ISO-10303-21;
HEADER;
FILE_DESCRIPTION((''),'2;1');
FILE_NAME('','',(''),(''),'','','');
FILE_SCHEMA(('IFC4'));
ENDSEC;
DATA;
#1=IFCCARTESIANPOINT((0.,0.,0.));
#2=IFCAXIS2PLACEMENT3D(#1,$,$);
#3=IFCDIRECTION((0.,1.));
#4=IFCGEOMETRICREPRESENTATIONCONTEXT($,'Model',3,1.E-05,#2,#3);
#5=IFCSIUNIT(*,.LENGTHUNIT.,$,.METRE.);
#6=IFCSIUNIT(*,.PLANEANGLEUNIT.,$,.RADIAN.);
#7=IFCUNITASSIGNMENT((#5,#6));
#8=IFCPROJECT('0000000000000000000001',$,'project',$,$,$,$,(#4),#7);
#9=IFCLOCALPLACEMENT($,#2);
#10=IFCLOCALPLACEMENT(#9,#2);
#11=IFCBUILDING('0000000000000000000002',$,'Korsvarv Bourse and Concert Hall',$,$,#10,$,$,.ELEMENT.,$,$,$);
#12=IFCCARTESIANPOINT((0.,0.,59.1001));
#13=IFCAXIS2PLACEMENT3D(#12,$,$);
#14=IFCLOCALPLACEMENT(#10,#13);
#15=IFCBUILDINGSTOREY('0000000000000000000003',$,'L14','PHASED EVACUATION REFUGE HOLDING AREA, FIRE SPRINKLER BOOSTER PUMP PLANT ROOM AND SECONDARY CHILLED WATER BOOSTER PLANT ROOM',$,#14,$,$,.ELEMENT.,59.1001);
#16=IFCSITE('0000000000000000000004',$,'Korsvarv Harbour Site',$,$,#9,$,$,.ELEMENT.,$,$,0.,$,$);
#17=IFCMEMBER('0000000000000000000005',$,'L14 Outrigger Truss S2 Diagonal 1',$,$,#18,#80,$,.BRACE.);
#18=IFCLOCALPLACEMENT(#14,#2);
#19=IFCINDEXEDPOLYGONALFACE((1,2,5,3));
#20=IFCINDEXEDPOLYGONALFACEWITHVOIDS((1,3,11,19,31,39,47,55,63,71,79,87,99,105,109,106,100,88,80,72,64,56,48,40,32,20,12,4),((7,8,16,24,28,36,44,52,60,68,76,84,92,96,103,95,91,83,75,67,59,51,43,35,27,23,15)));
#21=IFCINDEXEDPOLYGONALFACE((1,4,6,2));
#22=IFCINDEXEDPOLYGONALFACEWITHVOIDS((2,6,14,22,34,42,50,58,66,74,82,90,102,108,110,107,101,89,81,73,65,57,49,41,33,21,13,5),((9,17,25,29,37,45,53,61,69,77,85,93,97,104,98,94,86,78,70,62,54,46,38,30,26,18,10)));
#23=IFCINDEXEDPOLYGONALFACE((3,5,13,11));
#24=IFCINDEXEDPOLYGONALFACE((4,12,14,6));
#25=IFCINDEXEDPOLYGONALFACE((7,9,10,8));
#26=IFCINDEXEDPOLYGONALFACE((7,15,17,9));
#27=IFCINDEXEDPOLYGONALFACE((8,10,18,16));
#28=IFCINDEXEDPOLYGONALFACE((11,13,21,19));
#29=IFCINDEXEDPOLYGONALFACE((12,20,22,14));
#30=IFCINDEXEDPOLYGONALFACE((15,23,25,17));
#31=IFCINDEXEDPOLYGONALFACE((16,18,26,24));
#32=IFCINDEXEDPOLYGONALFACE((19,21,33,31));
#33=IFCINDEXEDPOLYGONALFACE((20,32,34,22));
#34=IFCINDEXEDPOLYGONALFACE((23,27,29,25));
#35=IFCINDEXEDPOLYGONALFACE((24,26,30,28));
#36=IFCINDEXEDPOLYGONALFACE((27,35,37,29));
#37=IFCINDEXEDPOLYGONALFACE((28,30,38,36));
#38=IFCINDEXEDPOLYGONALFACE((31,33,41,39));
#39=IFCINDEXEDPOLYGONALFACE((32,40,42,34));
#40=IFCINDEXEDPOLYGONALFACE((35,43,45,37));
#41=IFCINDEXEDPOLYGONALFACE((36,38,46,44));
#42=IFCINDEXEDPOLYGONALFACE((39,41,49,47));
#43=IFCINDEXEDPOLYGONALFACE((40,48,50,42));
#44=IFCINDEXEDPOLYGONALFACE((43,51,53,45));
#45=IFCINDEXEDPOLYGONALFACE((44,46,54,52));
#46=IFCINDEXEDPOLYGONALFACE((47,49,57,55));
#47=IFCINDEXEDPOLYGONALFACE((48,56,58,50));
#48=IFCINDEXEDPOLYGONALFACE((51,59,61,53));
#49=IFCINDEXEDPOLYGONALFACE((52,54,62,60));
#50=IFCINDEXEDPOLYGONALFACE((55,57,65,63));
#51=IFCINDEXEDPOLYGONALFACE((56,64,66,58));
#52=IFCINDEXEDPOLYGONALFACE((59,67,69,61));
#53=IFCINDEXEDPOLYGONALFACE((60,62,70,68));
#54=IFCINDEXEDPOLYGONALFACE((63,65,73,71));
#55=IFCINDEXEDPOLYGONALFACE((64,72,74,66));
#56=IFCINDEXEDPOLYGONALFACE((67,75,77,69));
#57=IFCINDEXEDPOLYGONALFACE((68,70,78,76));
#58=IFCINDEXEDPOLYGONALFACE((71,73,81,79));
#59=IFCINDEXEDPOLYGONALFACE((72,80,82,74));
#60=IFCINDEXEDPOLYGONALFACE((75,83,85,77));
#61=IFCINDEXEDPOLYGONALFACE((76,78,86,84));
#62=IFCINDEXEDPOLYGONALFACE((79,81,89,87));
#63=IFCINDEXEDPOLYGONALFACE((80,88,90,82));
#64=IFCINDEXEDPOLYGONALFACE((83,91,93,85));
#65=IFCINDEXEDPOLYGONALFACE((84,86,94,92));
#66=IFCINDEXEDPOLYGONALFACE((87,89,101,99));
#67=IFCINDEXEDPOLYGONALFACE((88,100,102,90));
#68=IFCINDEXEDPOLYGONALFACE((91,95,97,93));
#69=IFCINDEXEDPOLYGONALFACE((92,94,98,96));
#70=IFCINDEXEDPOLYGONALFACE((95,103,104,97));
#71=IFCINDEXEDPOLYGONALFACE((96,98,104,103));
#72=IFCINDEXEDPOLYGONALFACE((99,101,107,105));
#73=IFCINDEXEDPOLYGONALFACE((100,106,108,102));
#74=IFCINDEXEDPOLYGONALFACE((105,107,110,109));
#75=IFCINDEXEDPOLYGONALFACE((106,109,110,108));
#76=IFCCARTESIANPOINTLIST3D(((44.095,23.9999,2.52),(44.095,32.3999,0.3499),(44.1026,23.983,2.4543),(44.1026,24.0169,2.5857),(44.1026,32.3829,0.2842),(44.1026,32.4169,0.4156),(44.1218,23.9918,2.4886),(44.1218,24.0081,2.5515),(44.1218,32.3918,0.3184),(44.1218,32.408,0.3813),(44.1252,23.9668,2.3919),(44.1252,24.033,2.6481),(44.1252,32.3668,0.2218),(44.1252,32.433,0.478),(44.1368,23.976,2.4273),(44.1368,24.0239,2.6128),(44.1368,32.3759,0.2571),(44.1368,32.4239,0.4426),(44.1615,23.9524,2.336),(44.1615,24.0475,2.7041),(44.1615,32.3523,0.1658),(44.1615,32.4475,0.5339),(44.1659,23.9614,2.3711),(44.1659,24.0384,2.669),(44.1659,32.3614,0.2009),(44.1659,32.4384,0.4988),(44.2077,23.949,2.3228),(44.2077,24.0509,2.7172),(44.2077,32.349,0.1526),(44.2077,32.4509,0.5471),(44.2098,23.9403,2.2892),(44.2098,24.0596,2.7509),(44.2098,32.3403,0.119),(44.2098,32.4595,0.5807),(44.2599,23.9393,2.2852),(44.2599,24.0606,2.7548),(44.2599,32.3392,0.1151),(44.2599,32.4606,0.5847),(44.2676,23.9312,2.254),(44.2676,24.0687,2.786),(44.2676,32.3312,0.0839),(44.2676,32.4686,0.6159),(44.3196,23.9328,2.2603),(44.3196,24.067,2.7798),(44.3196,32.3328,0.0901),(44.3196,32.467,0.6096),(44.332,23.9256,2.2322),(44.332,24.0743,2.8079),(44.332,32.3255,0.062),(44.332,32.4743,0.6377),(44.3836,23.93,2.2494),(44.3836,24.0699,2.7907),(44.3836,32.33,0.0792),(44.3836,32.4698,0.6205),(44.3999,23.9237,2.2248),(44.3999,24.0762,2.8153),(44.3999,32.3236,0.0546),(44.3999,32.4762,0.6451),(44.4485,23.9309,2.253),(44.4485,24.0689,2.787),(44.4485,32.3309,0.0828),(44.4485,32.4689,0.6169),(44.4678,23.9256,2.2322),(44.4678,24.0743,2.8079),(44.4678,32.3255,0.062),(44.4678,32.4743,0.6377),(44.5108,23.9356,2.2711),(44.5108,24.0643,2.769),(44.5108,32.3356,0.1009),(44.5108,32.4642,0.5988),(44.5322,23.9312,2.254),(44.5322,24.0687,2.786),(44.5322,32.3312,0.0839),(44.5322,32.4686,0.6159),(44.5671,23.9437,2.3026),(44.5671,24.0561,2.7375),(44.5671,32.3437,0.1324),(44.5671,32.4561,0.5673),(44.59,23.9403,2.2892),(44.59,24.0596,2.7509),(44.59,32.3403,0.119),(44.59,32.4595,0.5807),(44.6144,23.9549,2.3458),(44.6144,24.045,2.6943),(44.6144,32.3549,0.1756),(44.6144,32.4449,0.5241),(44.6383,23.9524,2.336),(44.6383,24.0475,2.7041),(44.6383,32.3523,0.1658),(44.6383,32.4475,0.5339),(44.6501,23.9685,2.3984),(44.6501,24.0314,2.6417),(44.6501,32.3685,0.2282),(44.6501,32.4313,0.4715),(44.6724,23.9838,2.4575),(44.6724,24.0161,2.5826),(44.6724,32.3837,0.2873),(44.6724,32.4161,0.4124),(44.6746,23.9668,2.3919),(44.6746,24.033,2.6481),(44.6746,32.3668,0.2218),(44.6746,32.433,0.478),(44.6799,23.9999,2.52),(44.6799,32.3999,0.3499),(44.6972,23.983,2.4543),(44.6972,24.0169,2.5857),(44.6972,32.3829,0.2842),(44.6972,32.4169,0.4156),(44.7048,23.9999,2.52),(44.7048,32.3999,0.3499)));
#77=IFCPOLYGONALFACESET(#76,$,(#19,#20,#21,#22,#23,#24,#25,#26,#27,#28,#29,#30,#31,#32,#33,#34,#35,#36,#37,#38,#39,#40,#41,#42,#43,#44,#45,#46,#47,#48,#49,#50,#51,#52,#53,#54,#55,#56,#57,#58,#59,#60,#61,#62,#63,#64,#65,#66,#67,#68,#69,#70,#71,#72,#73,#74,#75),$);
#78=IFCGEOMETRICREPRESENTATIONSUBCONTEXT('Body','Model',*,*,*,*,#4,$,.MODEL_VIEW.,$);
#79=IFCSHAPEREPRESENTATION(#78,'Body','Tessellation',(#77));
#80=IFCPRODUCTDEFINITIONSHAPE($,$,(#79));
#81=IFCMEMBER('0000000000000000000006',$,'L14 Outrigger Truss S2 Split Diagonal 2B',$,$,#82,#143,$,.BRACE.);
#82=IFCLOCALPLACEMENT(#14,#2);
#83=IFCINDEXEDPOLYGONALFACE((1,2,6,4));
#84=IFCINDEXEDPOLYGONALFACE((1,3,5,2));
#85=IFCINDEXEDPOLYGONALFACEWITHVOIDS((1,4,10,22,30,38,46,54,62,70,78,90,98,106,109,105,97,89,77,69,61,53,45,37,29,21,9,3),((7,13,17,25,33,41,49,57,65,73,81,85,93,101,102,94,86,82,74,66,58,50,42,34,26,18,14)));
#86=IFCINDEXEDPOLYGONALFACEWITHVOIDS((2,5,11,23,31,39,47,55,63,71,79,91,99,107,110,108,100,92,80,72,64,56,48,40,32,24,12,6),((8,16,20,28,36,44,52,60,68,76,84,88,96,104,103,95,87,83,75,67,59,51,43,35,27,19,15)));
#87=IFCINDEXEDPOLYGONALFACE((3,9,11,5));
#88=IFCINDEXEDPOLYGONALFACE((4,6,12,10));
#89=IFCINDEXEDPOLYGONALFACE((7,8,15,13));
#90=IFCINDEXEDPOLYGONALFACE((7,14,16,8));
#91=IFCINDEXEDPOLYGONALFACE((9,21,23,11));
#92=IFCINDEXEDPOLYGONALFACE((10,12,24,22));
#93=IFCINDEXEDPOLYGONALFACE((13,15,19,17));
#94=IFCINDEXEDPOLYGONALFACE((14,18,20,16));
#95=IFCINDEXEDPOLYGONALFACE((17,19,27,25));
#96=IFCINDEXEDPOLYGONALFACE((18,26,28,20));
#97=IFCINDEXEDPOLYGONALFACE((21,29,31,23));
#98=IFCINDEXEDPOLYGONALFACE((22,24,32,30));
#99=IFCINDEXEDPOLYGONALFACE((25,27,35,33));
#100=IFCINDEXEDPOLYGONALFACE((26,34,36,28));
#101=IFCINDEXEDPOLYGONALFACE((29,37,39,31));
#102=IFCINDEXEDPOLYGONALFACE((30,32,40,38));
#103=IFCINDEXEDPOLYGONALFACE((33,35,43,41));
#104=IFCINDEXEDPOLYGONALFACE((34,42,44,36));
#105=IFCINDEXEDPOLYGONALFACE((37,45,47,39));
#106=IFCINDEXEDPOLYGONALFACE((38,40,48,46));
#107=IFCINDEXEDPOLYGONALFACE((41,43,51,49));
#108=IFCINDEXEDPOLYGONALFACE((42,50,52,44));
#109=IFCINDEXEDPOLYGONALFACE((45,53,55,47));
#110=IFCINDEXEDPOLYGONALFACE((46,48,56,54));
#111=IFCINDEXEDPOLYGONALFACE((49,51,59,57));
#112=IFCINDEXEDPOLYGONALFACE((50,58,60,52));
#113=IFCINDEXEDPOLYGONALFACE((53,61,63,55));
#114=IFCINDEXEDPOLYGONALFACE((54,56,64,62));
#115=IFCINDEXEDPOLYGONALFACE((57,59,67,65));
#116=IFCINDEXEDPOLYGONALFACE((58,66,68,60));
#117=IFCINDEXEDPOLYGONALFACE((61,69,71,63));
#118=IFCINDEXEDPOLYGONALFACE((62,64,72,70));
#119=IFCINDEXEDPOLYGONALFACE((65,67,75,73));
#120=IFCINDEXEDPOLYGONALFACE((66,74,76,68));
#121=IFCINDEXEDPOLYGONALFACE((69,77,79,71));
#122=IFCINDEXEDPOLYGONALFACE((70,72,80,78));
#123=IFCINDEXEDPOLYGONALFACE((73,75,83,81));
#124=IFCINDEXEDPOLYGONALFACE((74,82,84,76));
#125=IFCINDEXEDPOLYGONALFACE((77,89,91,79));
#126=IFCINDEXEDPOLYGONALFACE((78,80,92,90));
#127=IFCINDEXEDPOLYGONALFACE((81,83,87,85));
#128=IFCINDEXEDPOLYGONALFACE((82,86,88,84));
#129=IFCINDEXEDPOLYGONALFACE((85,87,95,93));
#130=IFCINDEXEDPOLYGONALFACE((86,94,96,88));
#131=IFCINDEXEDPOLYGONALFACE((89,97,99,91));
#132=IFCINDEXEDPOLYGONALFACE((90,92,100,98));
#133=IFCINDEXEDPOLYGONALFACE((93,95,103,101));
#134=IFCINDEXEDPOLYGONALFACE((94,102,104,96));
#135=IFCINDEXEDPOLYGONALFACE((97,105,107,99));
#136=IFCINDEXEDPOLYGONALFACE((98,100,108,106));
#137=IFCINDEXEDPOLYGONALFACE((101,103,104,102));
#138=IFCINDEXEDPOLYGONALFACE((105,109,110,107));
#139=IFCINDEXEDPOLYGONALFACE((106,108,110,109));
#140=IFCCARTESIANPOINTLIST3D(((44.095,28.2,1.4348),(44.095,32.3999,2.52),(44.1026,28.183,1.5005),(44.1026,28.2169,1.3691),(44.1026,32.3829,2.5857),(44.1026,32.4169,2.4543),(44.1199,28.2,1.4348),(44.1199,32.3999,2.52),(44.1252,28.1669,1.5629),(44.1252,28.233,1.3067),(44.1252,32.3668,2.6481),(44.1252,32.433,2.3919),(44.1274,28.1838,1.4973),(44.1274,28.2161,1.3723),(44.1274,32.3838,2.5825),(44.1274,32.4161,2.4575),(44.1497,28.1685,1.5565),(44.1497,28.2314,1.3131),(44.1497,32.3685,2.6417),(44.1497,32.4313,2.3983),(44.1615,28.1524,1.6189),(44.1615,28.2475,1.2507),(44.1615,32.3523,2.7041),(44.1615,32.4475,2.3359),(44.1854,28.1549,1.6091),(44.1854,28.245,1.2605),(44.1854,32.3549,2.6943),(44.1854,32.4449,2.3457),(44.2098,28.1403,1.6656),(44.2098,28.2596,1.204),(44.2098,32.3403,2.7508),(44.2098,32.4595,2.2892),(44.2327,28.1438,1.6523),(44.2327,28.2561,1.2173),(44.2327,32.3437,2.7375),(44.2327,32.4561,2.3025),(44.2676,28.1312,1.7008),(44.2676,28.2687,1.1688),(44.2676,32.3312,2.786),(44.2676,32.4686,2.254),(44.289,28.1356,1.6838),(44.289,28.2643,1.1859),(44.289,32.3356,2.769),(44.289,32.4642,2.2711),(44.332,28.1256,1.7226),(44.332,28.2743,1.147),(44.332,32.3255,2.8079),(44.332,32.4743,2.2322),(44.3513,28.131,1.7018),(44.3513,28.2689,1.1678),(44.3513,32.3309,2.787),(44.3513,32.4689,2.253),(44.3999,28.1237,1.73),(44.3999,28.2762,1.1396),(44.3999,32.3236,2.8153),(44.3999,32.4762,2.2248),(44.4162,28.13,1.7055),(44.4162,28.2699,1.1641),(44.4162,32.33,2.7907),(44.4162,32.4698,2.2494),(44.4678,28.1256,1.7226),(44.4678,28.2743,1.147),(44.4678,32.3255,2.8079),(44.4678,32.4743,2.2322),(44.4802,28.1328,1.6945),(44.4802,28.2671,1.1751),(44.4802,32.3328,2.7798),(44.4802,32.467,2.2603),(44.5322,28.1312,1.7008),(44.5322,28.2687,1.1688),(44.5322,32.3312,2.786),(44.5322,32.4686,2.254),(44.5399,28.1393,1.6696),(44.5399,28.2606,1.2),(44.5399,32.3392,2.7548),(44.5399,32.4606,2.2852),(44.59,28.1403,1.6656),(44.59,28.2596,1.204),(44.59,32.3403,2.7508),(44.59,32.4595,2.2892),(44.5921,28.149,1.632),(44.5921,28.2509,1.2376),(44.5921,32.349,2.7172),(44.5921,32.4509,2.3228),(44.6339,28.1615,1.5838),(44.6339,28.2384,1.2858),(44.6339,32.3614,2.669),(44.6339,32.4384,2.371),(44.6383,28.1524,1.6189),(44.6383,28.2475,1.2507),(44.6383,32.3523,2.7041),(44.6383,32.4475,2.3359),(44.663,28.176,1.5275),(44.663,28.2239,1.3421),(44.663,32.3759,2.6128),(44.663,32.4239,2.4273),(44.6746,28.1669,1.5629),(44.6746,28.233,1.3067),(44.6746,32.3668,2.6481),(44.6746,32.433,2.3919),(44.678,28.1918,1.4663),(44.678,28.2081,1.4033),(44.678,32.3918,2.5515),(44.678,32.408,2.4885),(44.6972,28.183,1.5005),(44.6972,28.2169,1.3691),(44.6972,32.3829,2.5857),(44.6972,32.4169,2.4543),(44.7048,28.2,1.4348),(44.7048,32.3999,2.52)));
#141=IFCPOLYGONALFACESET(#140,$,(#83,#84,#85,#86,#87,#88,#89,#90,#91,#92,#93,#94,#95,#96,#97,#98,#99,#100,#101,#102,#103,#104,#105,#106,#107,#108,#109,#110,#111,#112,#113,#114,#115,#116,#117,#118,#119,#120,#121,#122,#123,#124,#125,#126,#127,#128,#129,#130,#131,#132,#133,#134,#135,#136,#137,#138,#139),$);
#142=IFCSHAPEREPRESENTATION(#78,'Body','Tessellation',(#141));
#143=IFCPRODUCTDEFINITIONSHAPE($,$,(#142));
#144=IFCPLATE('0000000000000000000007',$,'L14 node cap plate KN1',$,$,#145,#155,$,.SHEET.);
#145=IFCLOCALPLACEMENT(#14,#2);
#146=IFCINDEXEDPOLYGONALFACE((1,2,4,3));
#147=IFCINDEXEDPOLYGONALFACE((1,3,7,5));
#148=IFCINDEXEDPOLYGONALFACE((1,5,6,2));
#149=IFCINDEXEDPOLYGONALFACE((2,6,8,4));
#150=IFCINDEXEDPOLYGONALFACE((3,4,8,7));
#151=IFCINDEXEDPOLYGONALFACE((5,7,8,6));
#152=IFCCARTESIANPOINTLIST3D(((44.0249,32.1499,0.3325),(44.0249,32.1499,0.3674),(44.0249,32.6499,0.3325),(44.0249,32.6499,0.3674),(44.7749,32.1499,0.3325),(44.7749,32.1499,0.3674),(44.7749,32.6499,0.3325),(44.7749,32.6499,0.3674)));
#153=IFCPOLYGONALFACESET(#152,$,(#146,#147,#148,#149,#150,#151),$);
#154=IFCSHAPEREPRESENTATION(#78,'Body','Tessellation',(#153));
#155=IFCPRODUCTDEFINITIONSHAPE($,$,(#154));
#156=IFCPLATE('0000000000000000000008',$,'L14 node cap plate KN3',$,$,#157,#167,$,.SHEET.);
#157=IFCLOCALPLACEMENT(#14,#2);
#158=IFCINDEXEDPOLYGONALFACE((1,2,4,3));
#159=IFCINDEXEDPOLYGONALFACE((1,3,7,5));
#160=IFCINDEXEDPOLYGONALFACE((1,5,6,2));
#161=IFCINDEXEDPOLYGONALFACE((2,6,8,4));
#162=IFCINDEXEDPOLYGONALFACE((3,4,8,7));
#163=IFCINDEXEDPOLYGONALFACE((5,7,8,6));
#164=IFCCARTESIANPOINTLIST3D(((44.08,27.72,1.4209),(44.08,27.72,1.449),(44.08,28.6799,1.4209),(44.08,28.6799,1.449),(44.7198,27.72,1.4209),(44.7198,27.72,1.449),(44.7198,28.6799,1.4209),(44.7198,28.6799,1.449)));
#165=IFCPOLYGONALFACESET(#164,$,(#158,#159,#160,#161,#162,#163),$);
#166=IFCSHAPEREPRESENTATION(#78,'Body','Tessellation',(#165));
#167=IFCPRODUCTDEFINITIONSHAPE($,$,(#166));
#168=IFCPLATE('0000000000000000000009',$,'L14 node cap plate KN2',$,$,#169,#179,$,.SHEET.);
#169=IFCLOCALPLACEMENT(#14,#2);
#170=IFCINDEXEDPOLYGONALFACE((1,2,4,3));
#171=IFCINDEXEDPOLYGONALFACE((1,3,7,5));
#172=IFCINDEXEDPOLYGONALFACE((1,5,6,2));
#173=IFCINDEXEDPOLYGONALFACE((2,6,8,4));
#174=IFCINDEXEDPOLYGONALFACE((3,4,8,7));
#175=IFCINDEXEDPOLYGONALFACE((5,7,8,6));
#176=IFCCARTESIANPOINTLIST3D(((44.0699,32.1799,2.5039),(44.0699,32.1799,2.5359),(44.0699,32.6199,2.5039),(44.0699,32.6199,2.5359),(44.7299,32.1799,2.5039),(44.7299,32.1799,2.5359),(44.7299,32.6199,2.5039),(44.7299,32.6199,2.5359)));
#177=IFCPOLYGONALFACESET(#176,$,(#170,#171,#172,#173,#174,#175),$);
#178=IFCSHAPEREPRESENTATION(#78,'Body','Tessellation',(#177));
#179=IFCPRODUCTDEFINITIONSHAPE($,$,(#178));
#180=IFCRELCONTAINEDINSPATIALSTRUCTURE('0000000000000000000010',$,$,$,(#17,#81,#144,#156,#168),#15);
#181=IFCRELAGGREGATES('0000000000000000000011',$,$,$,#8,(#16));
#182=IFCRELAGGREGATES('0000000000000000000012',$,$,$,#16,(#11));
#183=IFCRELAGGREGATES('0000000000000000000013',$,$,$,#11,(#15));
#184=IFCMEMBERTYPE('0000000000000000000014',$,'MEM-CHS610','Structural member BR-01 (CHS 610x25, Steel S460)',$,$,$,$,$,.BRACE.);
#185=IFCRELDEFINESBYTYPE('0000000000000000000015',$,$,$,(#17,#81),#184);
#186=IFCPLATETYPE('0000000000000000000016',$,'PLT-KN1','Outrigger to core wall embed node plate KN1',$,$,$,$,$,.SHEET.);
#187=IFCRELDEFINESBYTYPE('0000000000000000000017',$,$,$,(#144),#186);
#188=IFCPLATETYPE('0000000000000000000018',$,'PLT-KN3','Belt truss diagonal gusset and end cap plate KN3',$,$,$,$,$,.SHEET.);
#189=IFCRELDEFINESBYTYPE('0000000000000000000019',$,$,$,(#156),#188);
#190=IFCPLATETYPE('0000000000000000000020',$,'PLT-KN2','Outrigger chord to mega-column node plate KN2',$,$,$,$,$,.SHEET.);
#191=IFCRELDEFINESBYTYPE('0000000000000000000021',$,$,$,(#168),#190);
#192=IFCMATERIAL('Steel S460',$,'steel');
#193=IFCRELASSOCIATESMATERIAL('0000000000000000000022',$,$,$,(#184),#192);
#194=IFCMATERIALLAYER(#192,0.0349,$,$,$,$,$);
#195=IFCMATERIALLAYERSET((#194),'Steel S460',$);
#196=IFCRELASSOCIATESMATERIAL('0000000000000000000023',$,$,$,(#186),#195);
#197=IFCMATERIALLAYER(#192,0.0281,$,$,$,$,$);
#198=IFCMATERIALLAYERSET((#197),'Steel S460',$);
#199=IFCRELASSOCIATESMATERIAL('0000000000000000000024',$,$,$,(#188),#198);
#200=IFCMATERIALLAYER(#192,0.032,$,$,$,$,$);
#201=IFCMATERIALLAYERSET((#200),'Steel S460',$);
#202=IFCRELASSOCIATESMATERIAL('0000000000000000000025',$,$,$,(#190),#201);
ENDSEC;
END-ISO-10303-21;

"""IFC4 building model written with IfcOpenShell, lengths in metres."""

from ifc_helpers import new_model, si_unit, direction, frame, origin, origin_2d, place, context, subcontext, project, spatial, rectangle, hollow_circle, extrude, source, transform, mapped, material, layer, layer_set, material_profile, profile_set, type_object, element, save


model = new_model("IFC4")

# Units and contexts
model_context = context("Model", 3, precision=1e-05, world=origin(), true_north=direction((0.0, 1.0)))
body_context = subcontext(model_context, "Body", "Model", "MODEL_VIEW")
ifc_project = project(units=[si_unit("LENGTHUNIT", "METRE"), si_unit("PLANEANGLEUNIT", "RADIAN")], contexts=[model_context])

# Site, building, storey
site_placement = place(None, origin())
site = spatial("IfcSite", under=ifc_project, at=site_placement, Name="Korsvarv Harbour Site", CompositionType="ELEMENT", RefElevation=0.0)
building_placement = place(site_placement, origin())
building = spatial("IfcBuilding", under=site, at=building_placement, Name="Korsvarv Bourse and Concert Hall", CompositionType="ELEMENT")
storey_placement = place(building_placement, frame((0.0, 0.0, 59.1001)))
storey = spatial("IfcBuildingStorey", under=building, at=storey_placement, Name="L14", Description="PHASED EVACUATION REFUGE HOLDING AREA, FIRE SPRINKLER BOOSTER PUMP PLANT ROOM AND SECONDARY CHILLED WATER BOOSTER PLANT ROOM", CompositionType="ELEMENT", Elevation=59.1001)

# Members
ifc_material_1 = material(Name="Steel S460", Category="steel")
ifc_material_profile_1 = material_profile(ifc_material_1, hollow_circle(Radius=0.3049, WallThickness=0.0249, at=origin_2d()), Name="CHS 610x25")
ifc_profile_set_1 = profile_set([ifc_material_profile_1], Name="Steel S460")
member_type_1 = type_object("IfcMemberType", Name="MEM-CHS610", Description="Structural member BR-01 (CHS 610x25, Steel S460)", PredefinedType="BRACE", material=ifc_profile_set_1)
shared_shape_1 = source(origin(), body_context, "Body", "SweptSolid", [
    extrude(hollow_circle(Radius=0.3049, WallThickness=0.0249, at=origin_2d()), origin(), (0.0, 0.0, 1.0), 8.6758),
])
member_1_placement = place(storey_placement, frame((44.3999, 32.3999, 0.3499), z_axis=(0.0, -0.968209, 0.250143), x_axis=(1.0, 0.0, 0.0)))
element("IfcMember", 1, at=member_1_placement, inside=storey, type_object=member_type_1, Name="L14 Outrigger Truss S2 Diagonal 1", PredefinedType="BRACE", context=body_context, shape_type="MappedRepresentation", body=[
    mapped(shared_shape_1, transform((0.0, 0.0, 0.0), scale=1.0)),
])
shared_shape_2 = source(origin(), body_context, "Body", "SweptSolid", [
    extrude(hollow_circle(Radius=0.3049, WallThickness=0.0249, at=origin_2d()), origin(), (0.0, 0.0, 1.0), 4.3379),
])
member_2_placement = place(storey_placement, frame((44.3999, 28.2, 1.4348), z_axis=(0.0, 0.968202, 0.250169), x_axis=(-1.0, 0.0, 0.0)))
element("IfcMember", 2, at=member_2_placement, inside=storey, type_object=member_type_1, Name="L14 Outrigger Truss S2 Split Diagonal 2B", PredefinedType="BRACE", context=body_context, shape_type="MappedRepresentation", body=[
    mapped(shared_shape_2, transform((0.0, 0.0, 0.0), scale=1.0)),
])

# Plates
ifc_layer_1 = layer(ifc_material_1, 0.0349)
ifc_layer_set_1 = layer_set([ifc_layer_1], Name="Steel S460")
plate_type_1 = type_object("IfcPlateType", Name="PLT-KN1", Description="Outrigger to core wall embed node plate KN1", PredefinedType="SHEET", material=ifc_layer_set_1)
shared_shape_3 = source(origin(), body_context, "Body", "SweptSolid", [
    extrude(rectangle(XDim=0.75, YDim=0.5, at=origin_2d()), origin(), (0.0, 0.0, 1.0), 0.0349),
])
plate_1_placement = place(storey_placement, frame((44.3999, 32.3999, 0.3325), z_axis=(0.0, 0.0, 1.0), x_axis=(1.0, 0.0, 0.0)))
element("IfcPlate", 3, at=plate_1_placement, inside=storey, type_object=plate_type_1, Name="L14 node cap plate KN1", PredefinedType="SHEET", context=body_context, shape_type="MappedRepresentation", body=[
    mapped(shared_shape_3, transform((0.0, 0.0, 0.0), scale=1.0)),
])
ifc_layer_2 = layer(ifc_material_1, 0.0281)
ifc_layer_set_2 = layer_set([ifc_layer_2], Name="Steel S460")
plate_type_2 = type_object("IfcPlateType", Name="PLT-KN3", Description="Belt truss diagonal gusset and end cap plate KN3", PredefinedType="SHEET", material=ifc_layer_set_2)
shared_shape_4 = source(origin(), body_context, "Body", "SweptSolid", [
    extrude(rectangle(XDim=0.96, YDim=0.6399, at=origin_2d()), origin(), (0.0, 0.0, 1.0), 0.0281),
])
plate_2_placement = place(storey_placement, frame((44.3999, 28.2, 1.4209), z_axis=(0.0, 0.0, 1.0), x_axis=(0.0, 1.0, 0.0)))
element("IfcPlate", 4, at=plate_2_placement, inside=storey, type_object=plate_type_2, Name="L14 node cap plate KN3", PredefinedType="SHEET", context=body_context, shape_type="MappedRepresentation", body=[
    mapped(shared_shape_4, transform((0.0, 0.0, 0.0), scale=1.0)),
])
ifc_layer_3 = layer(ifc_material_1, 0.032)
ifc_layer_set_3 = layer_set([ifc_layer_3], Name="Steel S460")
plate_type_3 = type_object("IfcPlateType", Name="PLT-KN2", Description="Outrigger chord to mega-column node plate KN2", PredefinedType="SHEET", material=ifc_layer_set_3)
shared_shape_5 = source(origin(), body_context, "Body", "SweptSolid", [
    extrude(rectangle(XDim=0.6599, YDim=0.4399, at=origin_2d()), origin(), (0.0, 0.0, 1.0), 0.032),
])
plate_3_placement = place(storey_placement, frame((44.3999, 32.3999, 2.5039), z_axis=(0.0, 0.0, 1.0), x_axis=(1.0, 0.0, 0.0)))
element("IfcPlate", 5, at=plate_3_placement, inside=storey, type_object=plate_type_3, Name="L14 node cap plate KN2", PredefinedType="SHEET", context=body_context, shape_type="MappedRepresentation", body=[
    mapped(shared_shape_5, transform((0.0, 0.0, 0.0), scale=1.0)),
])

save(model, "model.ifc")
